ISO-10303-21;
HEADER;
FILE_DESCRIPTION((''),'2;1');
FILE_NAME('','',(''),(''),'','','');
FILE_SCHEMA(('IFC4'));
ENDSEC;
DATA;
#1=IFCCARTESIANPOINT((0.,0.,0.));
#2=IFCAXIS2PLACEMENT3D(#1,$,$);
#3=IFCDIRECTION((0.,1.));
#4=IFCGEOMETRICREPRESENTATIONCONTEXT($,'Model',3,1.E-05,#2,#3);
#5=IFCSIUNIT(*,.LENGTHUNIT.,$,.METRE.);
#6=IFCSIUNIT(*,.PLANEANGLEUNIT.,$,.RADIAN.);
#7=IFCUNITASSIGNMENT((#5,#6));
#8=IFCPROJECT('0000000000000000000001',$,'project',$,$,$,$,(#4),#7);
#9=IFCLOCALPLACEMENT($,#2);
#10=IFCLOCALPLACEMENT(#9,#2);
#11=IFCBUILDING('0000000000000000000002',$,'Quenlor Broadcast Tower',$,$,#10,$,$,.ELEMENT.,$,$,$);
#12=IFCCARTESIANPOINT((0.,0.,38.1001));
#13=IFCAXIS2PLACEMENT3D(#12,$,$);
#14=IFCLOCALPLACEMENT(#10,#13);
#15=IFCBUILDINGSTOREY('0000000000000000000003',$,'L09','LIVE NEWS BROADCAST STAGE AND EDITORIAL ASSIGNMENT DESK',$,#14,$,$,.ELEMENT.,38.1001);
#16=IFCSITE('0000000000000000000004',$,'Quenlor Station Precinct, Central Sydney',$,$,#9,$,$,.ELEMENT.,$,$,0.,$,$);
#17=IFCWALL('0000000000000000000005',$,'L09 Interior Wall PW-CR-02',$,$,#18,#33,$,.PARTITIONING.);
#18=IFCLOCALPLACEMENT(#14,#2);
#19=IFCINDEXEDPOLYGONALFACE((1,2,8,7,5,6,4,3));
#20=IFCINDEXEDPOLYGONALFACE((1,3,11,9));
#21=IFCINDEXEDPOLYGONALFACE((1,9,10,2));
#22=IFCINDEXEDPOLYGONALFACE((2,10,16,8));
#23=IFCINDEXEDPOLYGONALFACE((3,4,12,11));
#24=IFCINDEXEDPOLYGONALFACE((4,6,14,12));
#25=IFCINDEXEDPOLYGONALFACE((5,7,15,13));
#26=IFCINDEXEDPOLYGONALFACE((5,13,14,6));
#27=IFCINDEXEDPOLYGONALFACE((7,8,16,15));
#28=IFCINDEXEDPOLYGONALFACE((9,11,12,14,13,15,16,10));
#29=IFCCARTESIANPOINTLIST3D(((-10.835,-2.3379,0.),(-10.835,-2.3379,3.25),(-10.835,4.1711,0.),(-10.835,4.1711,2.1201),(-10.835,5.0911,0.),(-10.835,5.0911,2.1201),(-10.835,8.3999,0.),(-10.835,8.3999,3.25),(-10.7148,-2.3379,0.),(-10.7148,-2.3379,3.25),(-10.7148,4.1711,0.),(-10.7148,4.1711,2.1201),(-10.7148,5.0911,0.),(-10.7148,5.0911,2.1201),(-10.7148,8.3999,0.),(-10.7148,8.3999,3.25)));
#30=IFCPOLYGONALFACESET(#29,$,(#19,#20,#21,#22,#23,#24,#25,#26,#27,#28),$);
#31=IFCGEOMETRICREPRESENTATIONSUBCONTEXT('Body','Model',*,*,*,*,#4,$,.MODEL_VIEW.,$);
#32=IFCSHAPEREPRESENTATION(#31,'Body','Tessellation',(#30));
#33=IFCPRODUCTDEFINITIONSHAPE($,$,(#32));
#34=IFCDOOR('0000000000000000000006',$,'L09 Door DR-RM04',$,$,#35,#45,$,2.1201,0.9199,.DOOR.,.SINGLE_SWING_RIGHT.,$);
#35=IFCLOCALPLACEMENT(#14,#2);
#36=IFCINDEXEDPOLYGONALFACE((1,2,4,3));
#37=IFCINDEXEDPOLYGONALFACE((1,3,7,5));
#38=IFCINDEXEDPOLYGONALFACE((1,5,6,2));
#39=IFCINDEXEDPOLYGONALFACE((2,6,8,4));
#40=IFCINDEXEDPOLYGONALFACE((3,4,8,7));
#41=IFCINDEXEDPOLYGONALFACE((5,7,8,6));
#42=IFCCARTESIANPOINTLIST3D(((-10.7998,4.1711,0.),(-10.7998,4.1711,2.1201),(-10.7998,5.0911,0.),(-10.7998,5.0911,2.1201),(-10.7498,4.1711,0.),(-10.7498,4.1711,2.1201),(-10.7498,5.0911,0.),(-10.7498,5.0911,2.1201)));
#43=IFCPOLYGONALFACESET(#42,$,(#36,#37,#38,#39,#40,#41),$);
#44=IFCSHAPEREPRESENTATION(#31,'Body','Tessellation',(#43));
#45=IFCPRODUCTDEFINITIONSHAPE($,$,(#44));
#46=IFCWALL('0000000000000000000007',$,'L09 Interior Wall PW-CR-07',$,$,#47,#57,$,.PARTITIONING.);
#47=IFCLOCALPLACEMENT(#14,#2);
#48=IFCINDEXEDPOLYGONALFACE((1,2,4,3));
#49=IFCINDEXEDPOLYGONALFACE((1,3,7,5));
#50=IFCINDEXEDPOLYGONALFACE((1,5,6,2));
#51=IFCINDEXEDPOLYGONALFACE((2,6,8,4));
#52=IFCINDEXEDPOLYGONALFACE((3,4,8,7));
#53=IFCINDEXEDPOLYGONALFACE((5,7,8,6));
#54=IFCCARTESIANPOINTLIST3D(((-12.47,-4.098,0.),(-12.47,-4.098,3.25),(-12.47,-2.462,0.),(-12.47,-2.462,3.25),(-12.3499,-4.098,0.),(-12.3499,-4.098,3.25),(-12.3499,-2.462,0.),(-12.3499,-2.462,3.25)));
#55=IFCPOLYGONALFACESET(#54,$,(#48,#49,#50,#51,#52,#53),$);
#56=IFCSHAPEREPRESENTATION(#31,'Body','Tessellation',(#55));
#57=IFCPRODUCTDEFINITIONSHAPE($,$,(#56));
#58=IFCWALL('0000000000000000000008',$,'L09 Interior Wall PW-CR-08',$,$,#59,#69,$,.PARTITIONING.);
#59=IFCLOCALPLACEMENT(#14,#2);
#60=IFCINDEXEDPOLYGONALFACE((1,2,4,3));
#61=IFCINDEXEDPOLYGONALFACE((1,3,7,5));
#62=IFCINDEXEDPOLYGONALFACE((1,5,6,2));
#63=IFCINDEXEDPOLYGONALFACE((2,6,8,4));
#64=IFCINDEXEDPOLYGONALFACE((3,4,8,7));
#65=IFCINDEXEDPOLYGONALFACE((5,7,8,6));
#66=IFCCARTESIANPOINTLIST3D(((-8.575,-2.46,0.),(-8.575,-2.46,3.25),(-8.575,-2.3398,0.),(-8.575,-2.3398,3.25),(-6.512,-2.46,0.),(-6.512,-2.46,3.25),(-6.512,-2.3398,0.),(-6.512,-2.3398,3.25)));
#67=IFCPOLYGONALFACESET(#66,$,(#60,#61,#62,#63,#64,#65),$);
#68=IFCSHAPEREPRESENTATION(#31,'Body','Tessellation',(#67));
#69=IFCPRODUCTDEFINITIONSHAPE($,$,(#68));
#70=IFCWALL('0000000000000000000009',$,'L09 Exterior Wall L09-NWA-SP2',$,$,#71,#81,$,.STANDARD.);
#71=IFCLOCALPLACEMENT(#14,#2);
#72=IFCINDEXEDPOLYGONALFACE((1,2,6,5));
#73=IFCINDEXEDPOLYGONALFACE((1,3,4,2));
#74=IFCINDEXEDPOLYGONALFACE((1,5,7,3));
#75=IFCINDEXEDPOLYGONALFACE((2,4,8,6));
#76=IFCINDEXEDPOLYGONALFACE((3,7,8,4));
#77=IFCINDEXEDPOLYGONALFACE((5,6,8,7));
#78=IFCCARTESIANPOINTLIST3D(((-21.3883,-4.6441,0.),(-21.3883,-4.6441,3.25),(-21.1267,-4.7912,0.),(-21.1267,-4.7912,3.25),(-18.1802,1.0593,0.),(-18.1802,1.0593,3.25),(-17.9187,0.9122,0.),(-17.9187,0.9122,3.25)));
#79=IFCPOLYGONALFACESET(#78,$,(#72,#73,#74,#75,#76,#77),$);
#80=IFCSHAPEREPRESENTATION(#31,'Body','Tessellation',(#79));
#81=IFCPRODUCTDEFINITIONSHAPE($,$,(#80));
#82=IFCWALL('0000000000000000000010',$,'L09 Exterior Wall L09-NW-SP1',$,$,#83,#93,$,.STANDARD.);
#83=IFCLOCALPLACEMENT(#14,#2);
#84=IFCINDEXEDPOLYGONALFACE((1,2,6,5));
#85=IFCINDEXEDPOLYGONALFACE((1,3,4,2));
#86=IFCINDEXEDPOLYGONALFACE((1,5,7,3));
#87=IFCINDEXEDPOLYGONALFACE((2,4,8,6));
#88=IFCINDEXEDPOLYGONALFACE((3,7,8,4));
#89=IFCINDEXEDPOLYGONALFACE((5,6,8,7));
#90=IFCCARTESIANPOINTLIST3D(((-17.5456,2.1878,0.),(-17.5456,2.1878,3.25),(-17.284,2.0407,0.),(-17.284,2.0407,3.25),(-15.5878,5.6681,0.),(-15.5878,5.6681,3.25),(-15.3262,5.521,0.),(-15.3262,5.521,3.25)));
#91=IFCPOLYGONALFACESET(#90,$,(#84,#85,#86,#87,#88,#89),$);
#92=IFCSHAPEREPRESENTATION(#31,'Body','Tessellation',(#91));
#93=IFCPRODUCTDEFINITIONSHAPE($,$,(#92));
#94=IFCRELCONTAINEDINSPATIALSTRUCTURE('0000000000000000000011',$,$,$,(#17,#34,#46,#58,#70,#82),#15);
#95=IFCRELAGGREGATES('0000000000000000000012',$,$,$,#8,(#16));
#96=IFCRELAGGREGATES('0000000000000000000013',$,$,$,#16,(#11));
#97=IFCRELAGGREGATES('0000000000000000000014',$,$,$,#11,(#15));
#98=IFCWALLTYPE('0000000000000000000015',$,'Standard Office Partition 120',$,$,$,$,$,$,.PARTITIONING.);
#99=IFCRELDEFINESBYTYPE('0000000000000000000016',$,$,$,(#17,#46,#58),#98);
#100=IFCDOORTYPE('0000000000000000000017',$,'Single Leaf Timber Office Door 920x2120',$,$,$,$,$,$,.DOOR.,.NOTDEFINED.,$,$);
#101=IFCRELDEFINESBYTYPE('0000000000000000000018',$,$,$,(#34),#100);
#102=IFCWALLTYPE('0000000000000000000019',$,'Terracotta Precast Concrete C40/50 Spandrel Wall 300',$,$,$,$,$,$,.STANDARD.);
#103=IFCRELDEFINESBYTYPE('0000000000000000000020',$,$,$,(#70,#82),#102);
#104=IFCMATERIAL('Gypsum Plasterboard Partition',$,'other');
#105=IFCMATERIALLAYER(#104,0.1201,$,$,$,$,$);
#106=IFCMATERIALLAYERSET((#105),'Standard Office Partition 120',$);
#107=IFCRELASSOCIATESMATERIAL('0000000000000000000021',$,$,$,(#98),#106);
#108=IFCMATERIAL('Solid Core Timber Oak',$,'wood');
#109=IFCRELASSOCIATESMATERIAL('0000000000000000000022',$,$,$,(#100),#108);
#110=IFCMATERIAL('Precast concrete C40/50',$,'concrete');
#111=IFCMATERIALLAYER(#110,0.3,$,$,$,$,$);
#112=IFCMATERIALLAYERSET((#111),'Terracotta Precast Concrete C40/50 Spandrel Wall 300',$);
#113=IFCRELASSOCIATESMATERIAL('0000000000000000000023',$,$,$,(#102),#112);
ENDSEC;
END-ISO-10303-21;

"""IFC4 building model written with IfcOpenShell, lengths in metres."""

from ifc_helpers import new_model, si_unit, direction, frame, frame_2d, origin, place, context, subcontext, project, spatial, rectangle, extrude, material, layer, layer_set, type_object, element, fill, save


model = new_model("IFC4")

# Units and contexts
model_context = context("Model", 3, precision=1e-05, world=origin(), true_north=direction((0.0, 1.0)))
body_context = subcontext(model_context, "Body", "Model", "MODEL_VIEW")
ifc_project = project(units=[si_unit("LENGTHUNIT", "METRE"), si_unit("PLANEANGLEUNIT", "RADIAN")], contexts=[model_context])

# Site, building, storey
site_placement = place(None, origin())
site = spatial("IfcSite", under=ifc_project, at=site_placement, Name="Quenlor Station Precinct, Central Sydney", CompositionType="ELEMENT", RefElevation=0.0)
building_placement = place(site_placement, origin())
building = spatial("IfcBuilding", under=site, at=building_placement, Name="Quenlor Broadcast Tower", CompositionType="ELEMENT")
storey_placement = place(building_placement, frame((0.0, 0.0, 38.1001)))
storey = spatial("IfcBuildingStorey", under=building, at=storey_placement, Name="L09", Description="LIVE NEWS BROADCAST STAGE AND EDITORIAL ASSIGNMENT DESK", CompositionType="ELEMENT", Elevation=38.1001)

# Shared definitions
ifc_material_1 = material(Name="Gypsum Plasterboard Partition", Category="other")
ifc_layer_1 = layer(ifc_material_1, 0.1201)
ifc_layer_set_1 = layer_set([ifc_layer_1], Name="Standard Office Partition 120")
wall_type_1 = type_object("IfcWallType", Name="Standard Office Partition 120", PredefinedType="PARTITIONING", material=ifc_layer_set_1)

# Wall, opening, door
wall_1_placement = place(storey_placement, frame((-10.7749, -2.3379, 0.0), z_axis=(0.0, 0.0, 1.0), x_axis=(0.0, 1.0, 0.0)))
wall_1 = element("IfcWall", 1, at=wall_1_placement, inside=storey, type_object=wall_type_1, Name="L09 Interior Wall PW-CR-02", PredefinedType="PARTITIONING", context=body_context, shape_type="SweptSolid", body=[
    extrude(rectangle(XDim=10.7378, YDim=0.1201, at=frame_2d((5.3689, 0.0))), origin(), (0.0, 0.0, 1.0), 3.25),
])
opening_1_placement = place(wall_1_placement, frame((6.509, 0.0, 0.0)))
opening_1 = element("IfcOpeningElement", 2, at=opening_1_placement, cuts=wall_1, PredefinedType="OPENING", context=body_context, shape_type="SweptSolid", body=[
    extrude(rectangle(XDim=0.9199, YDim=2.1201, at=frame_2d((0.46, 1.0601))), frame((0.0, 0.0701, 0.0), z_axis=(0.0, -1.0, 0.0), x_axis=(1.0, 0.0, 0.0)), (0.0, 0.0, 1.0), 0.1401),
])
ifc_material_2 = material(Name="Solid Core Timber Oak", Category="wood")
door_type_1 = type_object("IfcDoorType", Name="Single Leaf Timber Office Door 920x2120", OperationType="NOTDEFINED", PredefinedType="DOOR", material=ifc_material_2)
door_1_placement = place(opening_1_placement, origin())
door_1 = element("IfcDoor", 3, at=door_1_placement, inside=storey, type_object=door_type_1, Name="L09 Door DR-RM04", OperationType="SINGLE_SWING_RIGHT", OverallHeight=2.1201, OverallWidth=0.9199, PredefinedType="DOOR", context=body_context, shape_type="SweptSolid", body=[
    extrude(rectangle(XDim=0.9199, YDim=2.1201, at=frame_2d((0.46, 1.0601))), frame((0.0, 0.0249, 0.0), z_axis=(0.0, -1.0, 0.0), x_axis=(1.0, 0.0, 0.0)), (0.0, 0.0, 1.0), 0.05),
])
fill(opening_1, door_1)

# Walls
wall_2_placement = place(storey_placement, frame((-12.4099, -4.0979, 0.0), z_axis=(0.0, 0.0, 1.0), x_axis=(0.0, 1.0, 0.0)))
element("IfcWall", 4, at=wall_2_placement, inside=storey, type_object=wall_type_1, Name="L09 Interior Wall PW-CR-07", PredefinedType="PARTITIONING", context=body_context, shape_type="SweptSolid", body=[
    extrude(rectangle(XDim=1.636, YDim=0.1201, at=frame_2d((0.8179, 0.0))), origin(), (0.0, 0.0, 1.0), 3.25),
])
wall_3_placement = place(storey_placement, frame((-8.575, -2.3999, 0.0), z_axis=(0.0, 0.0, 1.0), x_axis=(1.0, 0.0, 0.0)))
element("IfcWall", 5, at=wall_3_placement, inside=storey, type_object=wall_type_1, Name="L09 Interior Wall PW-CR-08", PredefinedType="PARTITIONING", context=body_context, shape_type="SweptSolid", body=[
    extrude(rectangle(XDim=2.063, YDim=0.1201, at=frame_2d((1.0315, 0.0))), origin(), (0.0, 0.0, 1.0), 3.25),
])
ifc_material_3 = material(Name="Precast concrete C40/50", Category="concrete")
ifc_layer_2 = layer(ifc_material_3, 0.3)
ifc_layer_set_2 = layer_set([ifc_layer_2], Name="Terracotta Precast Concrete C40/50 Spandrel Wall 300")
wall_type_2 = type_object("IfcWallType", Name="Terracotta Precast Concrete C40/50 Spandrel Wall 300", PredefinedType="STANDARD", material=ifc_layer_set_2)
wall_4_placement = place(storey_placement, frame((-21.2576, -4.7178, 0.0), z_axis=(0.0, 0.0, 1.0), x_axis=(0.490245, 0.871585, 0.0)))
element("IfcWall", 6, at=wall_4_placement, inside=storey, type_object=wall_type_2, Name="L09 Exterior Wall L09-NWA-SP2", PredefinedType="STANDARD", context=body_context, shape_type="SweptSolid", body=[
    extrude(rectangle(XDim=6.5437, YDim=0.3, at=frame_2d((3.272, 0.0))), origin(), (0.0, 0.0, 1.0), 3.25),
])
wall_5_placement = place(storey_placement, frame((-17.4148, 2.1143, 0.0), z_axis=(0.0, 0.0, 1.0), x_axis=(0.490287, 0.871561, 0.0)))
element("IfcWall", 7, at=wall_5_placement, inside=storey, type_object=wall_type_2, Name="L09 Exterior Wall L09-NW-SP1", PredefinedType="STANDARD", context=body_context, shape_type="SweptSolid", body=[
    extrude(rectangle(XDim=3.9932, YDim=0.3, at=frame_2d((1.9966, 0.0))), origin(), (0.0, 0.0, 1.0), 3.25),
])

save(model, "model.ifc")
